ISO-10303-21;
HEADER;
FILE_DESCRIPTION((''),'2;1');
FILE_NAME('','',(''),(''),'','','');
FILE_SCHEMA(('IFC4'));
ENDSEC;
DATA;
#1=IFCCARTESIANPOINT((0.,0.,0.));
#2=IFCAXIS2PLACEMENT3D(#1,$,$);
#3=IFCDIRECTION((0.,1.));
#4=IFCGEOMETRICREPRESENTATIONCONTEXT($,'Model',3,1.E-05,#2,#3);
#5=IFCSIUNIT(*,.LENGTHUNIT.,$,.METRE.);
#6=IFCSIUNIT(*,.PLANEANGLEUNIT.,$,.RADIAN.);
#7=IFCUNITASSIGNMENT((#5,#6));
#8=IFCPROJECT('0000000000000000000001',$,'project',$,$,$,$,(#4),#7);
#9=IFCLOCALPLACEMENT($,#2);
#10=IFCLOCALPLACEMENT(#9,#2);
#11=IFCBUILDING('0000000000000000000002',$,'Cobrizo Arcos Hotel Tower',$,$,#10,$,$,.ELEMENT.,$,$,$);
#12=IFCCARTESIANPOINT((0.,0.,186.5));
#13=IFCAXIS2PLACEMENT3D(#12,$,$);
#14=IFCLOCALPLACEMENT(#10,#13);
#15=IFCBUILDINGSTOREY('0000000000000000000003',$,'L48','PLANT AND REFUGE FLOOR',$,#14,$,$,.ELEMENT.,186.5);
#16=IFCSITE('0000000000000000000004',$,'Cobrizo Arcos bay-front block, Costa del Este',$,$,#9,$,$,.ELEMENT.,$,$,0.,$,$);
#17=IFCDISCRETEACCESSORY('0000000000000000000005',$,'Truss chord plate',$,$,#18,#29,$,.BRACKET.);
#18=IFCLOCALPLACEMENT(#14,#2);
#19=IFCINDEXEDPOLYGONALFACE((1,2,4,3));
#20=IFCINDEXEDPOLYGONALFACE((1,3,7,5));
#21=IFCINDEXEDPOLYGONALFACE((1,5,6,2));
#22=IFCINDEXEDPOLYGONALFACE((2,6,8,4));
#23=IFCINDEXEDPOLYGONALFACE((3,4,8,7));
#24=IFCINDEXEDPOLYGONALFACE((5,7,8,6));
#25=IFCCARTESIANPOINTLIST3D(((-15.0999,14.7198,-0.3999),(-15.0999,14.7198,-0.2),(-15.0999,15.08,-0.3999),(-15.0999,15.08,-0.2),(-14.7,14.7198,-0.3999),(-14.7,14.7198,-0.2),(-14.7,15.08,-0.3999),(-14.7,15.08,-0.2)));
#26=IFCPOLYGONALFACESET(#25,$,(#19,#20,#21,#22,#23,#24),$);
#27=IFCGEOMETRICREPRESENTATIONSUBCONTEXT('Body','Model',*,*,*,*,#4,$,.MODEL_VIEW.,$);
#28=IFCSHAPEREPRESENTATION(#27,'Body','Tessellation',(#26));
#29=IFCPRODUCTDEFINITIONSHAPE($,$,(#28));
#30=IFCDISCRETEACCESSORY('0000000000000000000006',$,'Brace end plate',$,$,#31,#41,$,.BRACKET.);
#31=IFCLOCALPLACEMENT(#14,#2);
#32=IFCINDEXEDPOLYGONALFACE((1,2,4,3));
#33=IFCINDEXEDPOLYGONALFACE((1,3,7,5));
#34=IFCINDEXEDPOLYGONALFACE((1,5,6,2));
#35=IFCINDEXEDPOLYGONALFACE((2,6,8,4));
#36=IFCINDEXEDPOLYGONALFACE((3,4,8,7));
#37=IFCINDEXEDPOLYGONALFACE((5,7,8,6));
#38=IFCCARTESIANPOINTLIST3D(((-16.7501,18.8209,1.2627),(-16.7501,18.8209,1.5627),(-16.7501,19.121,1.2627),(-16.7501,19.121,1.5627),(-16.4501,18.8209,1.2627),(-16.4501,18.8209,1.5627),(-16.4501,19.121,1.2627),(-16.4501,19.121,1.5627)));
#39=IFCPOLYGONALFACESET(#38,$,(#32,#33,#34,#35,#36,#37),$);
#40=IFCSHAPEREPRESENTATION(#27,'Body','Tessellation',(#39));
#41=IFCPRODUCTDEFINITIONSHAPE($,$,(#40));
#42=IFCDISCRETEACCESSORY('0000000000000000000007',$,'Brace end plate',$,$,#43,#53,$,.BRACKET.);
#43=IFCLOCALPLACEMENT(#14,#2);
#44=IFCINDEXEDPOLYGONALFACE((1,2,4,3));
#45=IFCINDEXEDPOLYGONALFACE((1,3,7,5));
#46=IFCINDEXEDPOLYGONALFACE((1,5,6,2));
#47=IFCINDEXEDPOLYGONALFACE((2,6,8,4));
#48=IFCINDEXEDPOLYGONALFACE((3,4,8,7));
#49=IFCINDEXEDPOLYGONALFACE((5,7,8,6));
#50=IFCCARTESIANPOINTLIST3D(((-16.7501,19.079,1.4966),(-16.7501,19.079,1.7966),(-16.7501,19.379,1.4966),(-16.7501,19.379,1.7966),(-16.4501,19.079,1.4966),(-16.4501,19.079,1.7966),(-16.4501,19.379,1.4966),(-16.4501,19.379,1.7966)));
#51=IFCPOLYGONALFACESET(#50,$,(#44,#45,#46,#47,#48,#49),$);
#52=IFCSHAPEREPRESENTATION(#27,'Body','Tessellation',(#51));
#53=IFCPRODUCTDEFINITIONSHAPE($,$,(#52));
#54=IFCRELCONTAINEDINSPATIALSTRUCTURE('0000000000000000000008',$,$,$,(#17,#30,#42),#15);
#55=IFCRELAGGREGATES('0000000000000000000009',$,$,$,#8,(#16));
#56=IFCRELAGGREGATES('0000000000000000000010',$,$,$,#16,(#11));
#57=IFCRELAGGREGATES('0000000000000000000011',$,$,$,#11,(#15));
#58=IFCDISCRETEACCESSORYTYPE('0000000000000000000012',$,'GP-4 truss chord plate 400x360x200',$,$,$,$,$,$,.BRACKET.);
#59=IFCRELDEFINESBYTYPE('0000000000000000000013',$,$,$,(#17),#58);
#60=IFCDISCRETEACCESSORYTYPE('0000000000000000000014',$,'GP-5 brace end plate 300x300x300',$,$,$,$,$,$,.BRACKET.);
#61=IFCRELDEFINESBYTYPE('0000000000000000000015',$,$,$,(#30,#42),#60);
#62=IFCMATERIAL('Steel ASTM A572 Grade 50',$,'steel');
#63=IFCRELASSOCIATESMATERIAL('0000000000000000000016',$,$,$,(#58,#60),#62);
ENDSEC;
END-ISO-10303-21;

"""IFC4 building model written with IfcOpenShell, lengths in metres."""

from ifc_helpers import new_model, si_unit, direction, frame, origin, origin_2d, place, context, subcontext, project, spatial, rectangle, extrude, material, type_object, element, save


model = new_model("IFC4")

# Units and contexts
model_context = context("Model", 3, precision=1e-05, world=origin(), true_north=direction((0.0, 1.0)))
body_context = subcontext(model_context, "Body", "Model", "MODEL_VIEW")
ifc_project = project(units=[si_unit("LENGTHUNIT", "METRE"), si_unit("PLANEANGLEUNIT", "RADIAN")], contexts=[model_context])

# Site, building, storey
site_placement = place(None, origin())
site = spatial("IfcSite", under=ifc_project, at=site_placement, Name="Cobrizo Arcos bay-front block, Costa del Este", CompositionType="ELEMENT", RefElevation=0.0)
building_placement = place(site_placement, origin())
building = spatial("IfcBuilding", under=site, at=building_placement, Name="Cobrizo Arcos Hotel Tower", CompositionType="ELEMENT")
storey_placement = place(building_placement, frame((0.0, 0.0, 186.5)))
storey = spatial("IfcBuildingStorey", under=building, at=storey_placement, Name="L48", Description="PLANT AND REFUGE FLOOR", CompositionType="ELEMENT", Elevation=186.5)

# Shared definitions
ifc_material_1 = material(Name="Steel ASTM A572 Grade 50", Category="steel")

# Discrete accessories
discrete_accessory_type_1 = type_object("IfcDiscreteAccessoryType", Name="GP-4 truss chord plate 400x360x200", PredefinedType="BRACKET", material=ifc_material_1)
for number, where, z_axis, x_axis, name in (
    (1, (-14.8999, 14.8999, -0.3999), (0.0, 0.0, 1.0), (-1.0, 0.0, 0.0), "Truss chord plate"),
):
    element("IfcDiscreteAccessory", number, at=place(storey_placement, frame(where, z_axis=z_axis, x_axis=x_axis)), inside=storey, type_object=discrete_accessory_type_1, Name=name, PredefinedType="BRACKET", context=body_context, shape_type="SweptSolid", body=[
        extrude(rectangle(XDim=0.3999, YDim=0.3601, at=origin_2d()), origin(), (0.0, 0.0, 1.0), 0.2),
    ])
discrete_accessory_type_2 = type_object("IfcDiscreteAccessoryType", Name="GP-5 brace end plate 300x300x300", PredefinedType="BRACKET", material=ifc_material_1)
for number, where, z_axis, x_axis, name in (
    (2, (-16.6001, 18.9709, 1.2627), (0.0, 0.0, 1.0), (1.0, 0.0, 0.0), "Brace end plate"),
    (3, (-16.6001, 19.229, 1.4966), (0.0, 0.0, 1.0), (1.0, 0.0, 0.0), "Brace end plate"),
):
    element("IfcDiscreteAccessory", number, at=place(storey_placement, frame(where, z_axis=z_axis, x_axis=x_axis)), inside=storey, type_object=discrete_accessory_type_2, Name=name, PredefinedType="BRACKET", context=body_context, shape_type="SweptSolid", body=[
        extrude(rectangle(XDim=0.3, YDim=0.3, at=origin_2d()), origin(), (0.0, 0.0, 1.0), 0.3),
    ])

save(model, "model.ifc")
